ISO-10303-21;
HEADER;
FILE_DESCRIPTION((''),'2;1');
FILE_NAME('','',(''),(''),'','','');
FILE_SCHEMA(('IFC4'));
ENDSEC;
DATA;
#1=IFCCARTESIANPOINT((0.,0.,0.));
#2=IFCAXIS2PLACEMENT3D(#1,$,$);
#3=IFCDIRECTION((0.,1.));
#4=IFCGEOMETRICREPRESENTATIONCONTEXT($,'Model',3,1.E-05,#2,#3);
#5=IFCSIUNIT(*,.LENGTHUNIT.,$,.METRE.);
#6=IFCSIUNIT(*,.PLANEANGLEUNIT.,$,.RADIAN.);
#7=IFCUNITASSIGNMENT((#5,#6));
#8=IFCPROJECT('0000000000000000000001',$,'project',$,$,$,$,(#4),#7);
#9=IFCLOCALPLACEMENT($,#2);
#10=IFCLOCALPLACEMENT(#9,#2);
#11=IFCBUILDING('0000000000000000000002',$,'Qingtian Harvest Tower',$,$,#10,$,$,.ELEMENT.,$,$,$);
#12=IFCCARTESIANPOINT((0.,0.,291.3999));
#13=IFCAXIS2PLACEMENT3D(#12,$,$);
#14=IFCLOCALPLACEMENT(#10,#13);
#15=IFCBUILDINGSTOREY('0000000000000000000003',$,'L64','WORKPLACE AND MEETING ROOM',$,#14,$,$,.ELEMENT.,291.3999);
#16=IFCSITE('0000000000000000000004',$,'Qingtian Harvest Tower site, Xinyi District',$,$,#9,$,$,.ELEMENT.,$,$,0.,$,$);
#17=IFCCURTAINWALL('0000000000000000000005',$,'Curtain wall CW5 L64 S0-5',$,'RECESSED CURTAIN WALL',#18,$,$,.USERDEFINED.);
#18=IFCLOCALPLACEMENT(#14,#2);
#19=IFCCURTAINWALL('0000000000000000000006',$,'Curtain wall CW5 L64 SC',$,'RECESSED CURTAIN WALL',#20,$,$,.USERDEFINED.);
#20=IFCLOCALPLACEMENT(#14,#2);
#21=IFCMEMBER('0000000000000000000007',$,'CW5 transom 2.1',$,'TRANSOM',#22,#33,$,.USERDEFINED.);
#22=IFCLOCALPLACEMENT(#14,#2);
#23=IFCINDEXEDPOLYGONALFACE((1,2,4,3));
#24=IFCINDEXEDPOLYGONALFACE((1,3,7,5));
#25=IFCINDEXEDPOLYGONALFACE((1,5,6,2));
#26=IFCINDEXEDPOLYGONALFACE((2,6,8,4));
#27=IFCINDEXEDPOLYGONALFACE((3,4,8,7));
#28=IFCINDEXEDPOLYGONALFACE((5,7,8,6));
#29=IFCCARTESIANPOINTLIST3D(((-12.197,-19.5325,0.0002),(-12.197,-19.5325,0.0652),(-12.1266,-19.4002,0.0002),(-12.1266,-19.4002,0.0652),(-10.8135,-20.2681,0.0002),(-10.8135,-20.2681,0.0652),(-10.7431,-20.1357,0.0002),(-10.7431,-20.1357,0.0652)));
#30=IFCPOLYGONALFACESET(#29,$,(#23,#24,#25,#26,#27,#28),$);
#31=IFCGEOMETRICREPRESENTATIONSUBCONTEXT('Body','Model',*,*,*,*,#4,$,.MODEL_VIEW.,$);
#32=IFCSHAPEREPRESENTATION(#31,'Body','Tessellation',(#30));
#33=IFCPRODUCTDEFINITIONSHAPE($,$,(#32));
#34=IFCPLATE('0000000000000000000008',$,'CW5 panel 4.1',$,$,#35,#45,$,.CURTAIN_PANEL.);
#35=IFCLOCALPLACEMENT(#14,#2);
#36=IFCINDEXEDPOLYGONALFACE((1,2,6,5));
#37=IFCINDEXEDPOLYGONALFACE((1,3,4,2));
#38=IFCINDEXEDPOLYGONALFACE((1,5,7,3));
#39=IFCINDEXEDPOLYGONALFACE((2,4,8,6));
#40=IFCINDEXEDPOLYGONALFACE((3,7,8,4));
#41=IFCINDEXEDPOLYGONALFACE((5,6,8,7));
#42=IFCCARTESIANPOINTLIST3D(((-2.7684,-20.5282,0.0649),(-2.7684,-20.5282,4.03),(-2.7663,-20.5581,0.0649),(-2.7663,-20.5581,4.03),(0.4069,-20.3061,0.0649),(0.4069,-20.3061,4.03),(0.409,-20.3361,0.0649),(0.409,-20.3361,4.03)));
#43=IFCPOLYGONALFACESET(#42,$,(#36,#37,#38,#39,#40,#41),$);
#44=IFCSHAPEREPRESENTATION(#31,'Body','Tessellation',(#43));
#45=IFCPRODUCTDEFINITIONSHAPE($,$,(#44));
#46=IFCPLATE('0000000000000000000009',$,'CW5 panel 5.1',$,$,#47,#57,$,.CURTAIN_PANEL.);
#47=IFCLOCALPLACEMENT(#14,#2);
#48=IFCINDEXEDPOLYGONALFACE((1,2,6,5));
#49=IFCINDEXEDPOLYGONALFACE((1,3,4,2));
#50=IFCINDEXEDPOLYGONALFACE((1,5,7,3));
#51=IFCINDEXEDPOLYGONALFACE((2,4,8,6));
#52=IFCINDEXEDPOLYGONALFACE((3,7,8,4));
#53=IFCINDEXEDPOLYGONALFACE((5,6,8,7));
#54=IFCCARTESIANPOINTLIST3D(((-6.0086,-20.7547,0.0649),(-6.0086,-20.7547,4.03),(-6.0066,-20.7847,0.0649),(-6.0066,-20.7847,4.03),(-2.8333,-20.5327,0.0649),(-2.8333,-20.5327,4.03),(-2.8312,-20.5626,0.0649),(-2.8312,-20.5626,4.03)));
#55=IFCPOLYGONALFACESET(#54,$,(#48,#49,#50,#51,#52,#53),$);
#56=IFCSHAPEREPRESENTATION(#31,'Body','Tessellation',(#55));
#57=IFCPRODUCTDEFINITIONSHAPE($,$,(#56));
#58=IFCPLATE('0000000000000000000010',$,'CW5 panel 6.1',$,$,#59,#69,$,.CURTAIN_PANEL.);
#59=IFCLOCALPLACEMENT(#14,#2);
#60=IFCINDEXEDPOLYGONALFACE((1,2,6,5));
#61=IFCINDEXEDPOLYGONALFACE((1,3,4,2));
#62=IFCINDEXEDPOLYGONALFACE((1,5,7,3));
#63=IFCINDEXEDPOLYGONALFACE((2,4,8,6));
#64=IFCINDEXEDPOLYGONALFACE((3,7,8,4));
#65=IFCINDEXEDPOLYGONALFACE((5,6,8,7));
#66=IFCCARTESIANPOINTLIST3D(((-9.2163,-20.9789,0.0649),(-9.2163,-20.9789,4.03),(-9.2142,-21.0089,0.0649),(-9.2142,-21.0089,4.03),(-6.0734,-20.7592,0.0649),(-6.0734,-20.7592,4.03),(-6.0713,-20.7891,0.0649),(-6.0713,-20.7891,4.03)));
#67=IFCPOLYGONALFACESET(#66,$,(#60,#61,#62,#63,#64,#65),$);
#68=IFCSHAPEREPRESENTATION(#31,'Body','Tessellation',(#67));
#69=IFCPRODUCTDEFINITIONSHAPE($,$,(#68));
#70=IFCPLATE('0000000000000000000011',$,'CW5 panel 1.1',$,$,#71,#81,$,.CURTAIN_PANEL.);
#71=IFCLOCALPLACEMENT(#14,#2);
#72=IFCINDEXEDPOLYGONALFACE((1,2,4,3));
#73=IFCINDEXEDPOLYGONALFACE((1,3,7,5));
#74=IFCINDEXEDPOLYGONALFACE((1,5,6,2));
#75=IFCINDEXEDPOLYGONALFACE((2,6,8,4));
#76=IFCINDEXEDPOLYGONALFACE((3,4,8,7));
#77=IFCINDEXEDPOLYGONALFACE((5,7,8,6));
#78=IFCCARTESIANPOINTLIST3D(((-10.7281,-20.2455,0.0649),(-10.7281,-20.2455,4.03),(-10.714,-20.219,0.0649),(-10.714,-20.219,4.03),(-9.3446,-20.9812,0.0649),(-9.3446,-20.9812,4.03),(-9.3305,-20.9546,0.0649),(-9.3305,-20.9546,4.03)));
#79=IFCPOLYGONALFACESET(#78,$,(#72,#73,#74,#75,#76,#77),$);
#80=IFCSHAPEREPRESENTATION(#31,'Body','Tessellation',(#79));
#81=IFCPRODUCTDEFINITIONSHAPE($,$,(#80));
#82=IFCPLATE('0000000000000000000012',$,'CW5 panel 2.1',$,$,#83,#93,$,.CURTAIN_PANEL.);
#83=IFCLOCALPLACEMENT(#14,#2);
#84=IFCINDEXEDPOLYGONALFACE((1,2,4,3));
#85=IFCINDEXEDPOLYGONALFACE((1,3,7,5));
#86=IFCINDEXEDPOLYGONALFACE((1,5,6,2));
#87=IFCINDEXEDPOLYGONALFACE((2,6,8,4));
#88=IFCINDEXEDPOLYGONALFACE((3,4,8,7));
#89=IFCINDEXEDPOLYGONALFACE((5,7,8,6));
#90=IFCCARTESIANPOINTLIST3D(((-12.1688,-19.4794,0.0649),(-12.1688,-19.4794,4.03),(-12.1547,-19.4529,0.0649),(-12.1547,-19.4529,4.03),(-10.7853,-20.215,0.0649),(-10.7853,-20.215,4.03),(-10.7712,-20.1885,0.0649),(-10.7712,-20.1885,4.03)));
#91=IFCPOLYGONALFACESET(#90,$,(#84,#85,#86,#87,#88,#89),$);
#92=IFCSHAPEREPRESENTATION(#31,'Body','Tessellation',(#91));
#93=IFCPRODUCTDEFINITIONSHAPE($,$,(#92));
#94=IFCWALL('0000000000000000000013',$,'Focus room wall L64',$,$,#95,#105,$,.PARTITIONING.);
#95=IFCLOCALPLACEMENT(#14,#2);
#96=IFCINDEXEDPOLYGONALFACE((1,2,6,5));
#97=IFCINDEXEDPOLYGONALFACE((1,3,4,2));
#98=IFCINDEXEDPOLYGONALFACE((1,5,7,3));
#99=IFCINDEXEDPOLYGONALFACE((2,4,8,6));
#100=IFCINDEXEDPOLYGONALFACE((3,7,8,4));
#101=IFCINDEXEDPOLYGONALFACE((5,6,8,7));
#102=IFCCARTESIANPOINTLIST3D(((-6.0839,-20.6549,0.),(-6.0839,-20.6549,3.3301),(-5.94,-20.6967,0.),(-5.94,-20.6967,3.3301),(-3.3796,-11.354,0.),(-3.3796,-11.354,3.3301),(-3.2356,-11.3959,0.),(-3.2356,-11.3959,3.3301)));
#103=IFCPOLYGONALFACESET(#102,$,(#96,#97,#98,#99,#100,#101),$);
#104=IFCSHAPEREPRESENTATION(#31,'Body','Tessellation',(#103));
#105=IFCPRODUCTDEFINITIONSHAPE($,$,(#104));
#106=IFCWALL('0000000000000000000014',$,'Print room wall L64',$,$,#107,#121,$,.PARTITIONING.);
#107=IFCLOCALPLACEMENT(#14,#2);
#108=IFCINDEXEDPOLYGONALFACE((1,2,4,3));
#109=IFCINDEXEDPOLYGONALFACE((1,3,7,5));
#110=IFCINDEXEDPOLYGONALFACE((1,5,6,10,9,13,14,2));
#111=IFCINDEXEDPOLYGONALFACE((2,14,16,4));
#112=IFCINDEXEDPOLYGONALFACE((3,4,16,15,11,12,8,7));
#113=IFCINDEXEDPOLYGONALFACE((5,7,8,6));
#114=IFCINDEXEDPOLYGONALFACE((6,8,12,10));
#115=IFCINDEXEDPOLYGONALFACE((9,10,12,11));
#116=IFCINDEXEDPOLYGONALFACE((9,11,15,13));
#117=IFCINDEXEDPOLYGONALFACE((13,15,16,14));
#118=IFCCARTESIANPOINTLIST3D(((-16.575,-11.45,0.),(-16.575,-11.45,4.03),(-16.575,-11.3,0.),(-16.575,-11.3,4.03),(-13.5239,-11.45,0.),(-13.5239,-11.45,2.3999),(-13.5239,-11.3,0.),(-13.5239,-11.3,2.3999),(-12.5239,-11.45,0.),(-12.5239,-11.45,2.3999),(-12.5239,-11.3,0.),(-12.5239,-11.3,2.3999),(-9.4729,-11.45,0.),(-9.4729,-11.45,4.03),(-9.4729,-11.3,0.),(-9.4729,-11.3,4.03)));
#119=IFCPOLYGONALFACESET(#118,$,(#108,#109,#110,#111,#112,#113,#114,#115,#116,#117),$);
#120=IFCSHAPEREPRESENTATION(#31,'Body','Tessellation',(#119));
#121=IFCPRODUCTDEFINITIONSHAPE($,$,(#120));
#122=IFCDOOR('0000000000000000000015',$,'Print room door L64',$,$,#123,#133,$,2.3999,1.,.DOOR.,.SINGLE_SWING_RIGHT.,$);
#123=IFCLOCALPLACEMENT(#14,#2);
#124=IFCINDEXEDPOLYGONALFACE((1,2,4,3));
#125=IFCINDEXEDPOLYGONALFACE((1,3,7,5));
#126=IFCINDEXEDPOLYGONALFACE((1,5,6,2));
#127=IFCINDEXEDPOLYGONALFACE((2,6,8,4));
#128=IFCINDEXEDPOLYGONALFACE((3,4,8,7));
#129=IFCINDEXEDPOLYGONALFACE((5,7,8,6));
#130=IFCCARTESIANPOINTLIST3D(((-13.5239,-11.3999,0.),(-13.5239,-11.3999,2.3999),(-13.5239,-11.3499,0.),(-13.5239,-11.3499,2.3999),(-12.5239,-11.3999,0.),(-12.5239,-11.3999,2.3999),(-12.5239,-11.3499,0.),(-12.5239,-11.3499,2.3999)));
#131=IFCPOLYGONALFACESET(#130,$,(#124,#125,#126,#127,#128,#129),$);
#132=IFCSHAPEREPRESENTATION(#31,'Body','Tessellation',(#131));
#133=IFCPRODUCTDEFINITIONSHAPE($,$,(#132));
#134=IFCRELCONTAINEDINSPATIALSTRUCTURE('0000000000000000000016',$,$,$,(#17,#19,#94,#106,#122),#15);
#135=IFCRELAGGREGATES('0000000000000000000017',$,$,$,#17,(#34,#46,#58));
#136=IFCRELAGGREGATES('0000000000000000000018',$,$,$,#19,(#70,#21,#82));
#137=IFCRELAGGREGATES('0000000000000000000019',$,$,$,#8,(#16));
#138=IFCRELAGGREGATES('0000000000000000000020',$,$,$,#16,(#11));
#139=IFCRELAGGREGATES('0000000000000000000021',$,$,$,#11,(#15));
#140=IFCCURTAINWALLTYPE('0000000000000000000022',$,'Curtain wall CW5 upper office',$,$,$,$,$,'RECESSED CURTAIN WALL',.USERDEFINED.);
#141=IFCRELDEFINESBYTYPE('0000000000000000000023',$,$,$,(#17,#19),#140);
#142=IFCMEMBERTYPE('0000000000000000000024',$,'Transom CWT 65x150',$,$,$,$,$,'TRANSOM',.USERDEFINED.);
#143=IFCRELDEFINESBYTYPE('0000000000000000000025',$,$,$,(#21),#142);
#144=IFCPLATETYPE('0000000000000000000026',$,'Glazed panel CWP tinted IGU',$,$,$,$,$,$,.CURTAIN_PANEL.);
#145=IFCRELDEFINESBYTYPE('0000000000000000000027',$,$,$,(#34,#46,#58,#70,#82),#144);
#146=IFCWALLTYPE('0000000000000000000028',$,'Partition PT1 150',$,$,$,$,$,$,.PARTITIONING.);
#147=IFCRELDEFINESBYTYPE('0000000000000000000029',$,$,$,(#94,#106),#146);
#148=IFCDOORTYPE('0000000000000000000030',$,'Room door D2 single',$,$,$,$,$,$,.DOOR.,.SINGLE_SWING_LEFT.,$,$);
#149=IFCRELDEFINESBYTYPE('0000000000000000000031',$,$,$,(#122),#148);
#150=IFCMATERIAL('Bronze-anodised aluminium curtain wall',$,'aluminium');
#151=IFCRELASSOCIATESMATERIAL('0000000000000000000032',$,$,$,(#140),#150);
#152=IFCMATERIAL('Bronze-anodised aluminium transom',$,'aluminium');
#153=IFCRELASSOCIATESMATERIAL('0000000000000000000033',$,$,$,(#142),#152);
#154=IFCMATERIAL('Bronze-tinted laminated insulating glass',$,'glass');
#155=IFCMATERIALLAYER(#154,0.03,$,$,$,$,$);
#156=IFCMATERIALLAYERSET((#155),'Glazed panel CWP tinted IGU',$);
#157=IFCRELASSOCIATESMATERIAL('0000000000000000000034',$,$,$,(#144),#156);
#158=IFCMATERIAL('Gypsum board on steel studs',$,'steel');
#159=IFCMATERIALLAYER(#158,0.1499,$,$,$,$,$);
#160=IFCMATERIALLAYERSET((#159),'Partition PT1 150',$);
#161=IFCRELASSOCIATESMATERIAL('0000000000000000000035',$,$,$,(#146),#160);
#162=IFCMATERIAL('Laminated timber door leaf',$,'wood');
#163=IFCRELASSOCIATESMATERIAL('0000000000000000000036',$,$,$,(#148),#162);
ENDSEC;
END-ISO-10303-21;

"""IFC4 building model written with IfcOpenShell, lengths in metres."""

from ifc_helpers import new_model, si_unit, direction, frame, frame_2d, origin, origin_2d, place, context, subcontext, project, spatial, rectangle, extrude, material, layer, layer_set, material_profile, profile_set, type_object, element, fill, aggregate, save


model = new_model("IFC4")

# Units and contexts
model_context = context("Model", 3, precision=1e-05, world=origin(), true_north=direction((0.0, 1.0)))
body_context = subcontext(model_context, "Body", "Model", "MODEL_VIEW")
ifc_project = project(units=[si_unit("LENGTHUNIT", "METRE"), si_unit("PLANEANGLEUNIT", "RADIAN")], contexts=[model_context])

# Site, building, storey
site_placement = place(None, origin())
site = spatial("IfcSite", under=ifc_project, at=site_placement, Name="Qingtian Harvest Tower site, Xinyi District", CompositionType="ELEMENT", RefElevation=0.0)
building_placement = place(site_placement, origin())
building = spatial("IfcBuilding", under=site, at=building_placement, Name="Qingtian Harvest Tower", CompositionType="ELEMENT")
storey_placement = place(building_placement, frame((0.0, 0.0, 291.3999)))
storey = spatial("IfcBuildingStorey", under=building, at=storey_placement, Name="L64", Description="WORKPLACE AND MEETING ROOM", CompositionType="ELEMENT", Elevation=291.3999)

# Curtain walls
ifc_material_1 = material(Name="Bronze-anodised aluminium curtain wall", Category="aluminium")
curtain_wall_type = type_object("IfcCurtainWallType", Name="Curtain wall CW5 upper office", ElementType="RECESSED CURTAIN WALL", PredefinedType="USERDEFINED", material=ifc_material_1)
curtain_wall_1_placement = place(storey_placement, origin())
curtain_wall_1 = element("IfcCurtainWall", 1, at=curtain_wall_1_placement, inside=storey, type_object=curtain_wall_type, Name="Curtain wall CW5 L64 S0-5", ObjectType="RECESSED CURTAIN WALL", PredefinedType="USERDEFINED")
curtain_wall_2_placement = place(storey_placement, origin())
curtain_wall_2 = element("IfcCurtainWall", 2, at=curtain_wall_2_placement, inside=storey, type_object=curtain_wall_type, Name="Curtain wall CW5 L64 SC", ObjectType="RECESSED CURTAIN WALL", PredefinedType="USERDEFINED")

# Member
ifc_material_2 = material(Name="Bronze-anodised aluminium transom", Category="aluminium")
ifc_material_profile_1 = material_profile(ifc_material_2, rectangle(XDim=0.1499, YDim=0.0649, at=origin_2d()), Name="AL 65x150")
ifc_profile_set_1 = profile_set([ifc_material_profile_1], Name="Bronze-anodised aluminium transom")
member_type_1 = type_object("IfcMemberType", Name="Transom CWT 65x150", ElementType="TRANSOM", PredefinedType="USERDEFINED", material=ifc_profile_set_1)
member_1_placement = place(storey_placement, frame((-10.7783, -20.2019, 0.0327), z_axis=(-0.88296, 0.469448, 0.0), x_axis=(-0.469448, -0.88296, 0.0)))
member_1 = element("IfcMember", 3, at=member_1_placement, type_object=member_type_1, Name="CW5 transom 2.1", ObjectType="TRANSOM", PredefinedType="USERDEFINED", context=body_context, shape_type="SweptSolid", body=[
    extrude(rectangle(XDim=0.1499, YDim=0.0649, at=origin_2d()), origin(), (0.0, 0.0, 1.0), 1.5669),
])

# Plates
ifc_material_3 = material(Name="Bronze-tinted laminated insulating glass", Category="glass")
ifc_layer_1 = layer(ifc_material_3, 0.03)
ifc_layer_set_1 = layer_set([ifc_layer_1], Name="Glazed panel CWP tinted IGU")
plate_type = type_object("IfcPlateType", Name="Glazed panel CWP tinted IGU", PredefinedType="CURTAIN_PANEL", material=ifc_layer_set_1)
plate_1_placement = place(storey_placement, frame((-1.1797, -20.4321, 0.0649), z_axis=(0.0, 0.0, 1.0), x_axis=(-0.997564, -0.069756, 0.0)))
plate_1 = element("IfcPlate", 4, at=plate_1_placement, type_object=plate_type, Name="CW5 panel 4.1", PredefinedType="CURTAIN_PANEL", context=body_context, shape_type="SweptSolid", body=[
    extrude(rectangle(XDim=3.1831, YDim=0.03, at=origin_2d()), origin(), (0.0, 0.0, 1.0), 3.9651),
])
plate_2_placement = place(storey_placement, frame((-4.4199, -20.6587, 0.0649), z_axis=(0.0, 0.0, 1.0), x_axis=(-0.997564, -0.069756, 0.0)))
plate_2 = element("IfcPlate", 5, at=plate_2_placement, type_object=plate_type, Name="CW5 panel 5.1", PredefinedType="CURTAIN_PANEL", context=body_context, shape_type="SweptSolid", body=[
    extrude(rectangle(XDim=3.1831, YDim=0.03, at=origin_2d()), origin(), (0.0, 0.0, 1.0), 3.9651),
])
plate_3_placement = place(storey_placement, frame((-7.6438, -20.884, 0.0649), z_axis=(0.0, 0.0, 1.0), x_axis=(-0.997564, -0.069756, 0.0)))
plate_3 = element("IfcPlate", 6, at=plate_3_placement, type_object=plate_type, Name="CW5 panel 6.1", PredefinedType="CURTAIN_PANEL", context=body_context, shape_type="SweptSolid", body=[
    extrude(rectangle(XDim=3.1506, YDim=0.03, at=origin_2d()), origin(), (0.0, 0.0, 1.0), 3.9651),
])
aggregate(curtain_wall_1, [plate_1, plate_2, plate_3])
plate_4_placement = place(storey_placement, frame((-10.0293, -20.6001, 0.0649), z_axis=(0.0, 0.0, 1.0), x_axis=(-0.882948, 0.469472, 0.0)))
plate_4 = element("IfcPlate", 7, at=plate_4_placement, type_object=plate_type, Name="CW5 panel 1.1", PredefinedType="CURTAIN_PANEL", context=body_context, shape_type="SweptSolid", body=[
    extrude(rectangle(XDim=1.5669, YDim=0.03, at=origin_2d()), origin(), (0.0, 0.0, 1.0), 3.9651),
])
plate_5_placement = place(storey_placement, frame((-11.47, -19.834, 0.0649), z_axis=(0.0, 0.0, 1.0), x_axis=(-0.882948, 0.469472, 0.0)))
plate_5 = element("IfcPlate", 8, at=plate_5_placement, type_object=plate_type, Name="CW5 panel 2.1", PredefinedType="CURTAIN_PANEL", context=body_context, shape_type="SweptSolid", body=[
    extrude(rectangle(XDim=1.5669, YDim=0.03, at=origin_2d()), origin(), (0.0, 0.0, 1.0), 3.9651),
])
aggregate(curtain_wall_2, [plate_4, member_1, plate_5])

# Wall
ifc_material_4 = material(Name="Gypsum board on steel studs", Category="steel")
ifc_layer_2 = layer(ifc_material_4, 0.1499)
ifc_layer_set_2 = layer_set([ifc_layer_2], Name="Partition PT1 150")
wall_type = type_object("IfcWallType", Name="Partition PT1 150", PredefinedType="PARTITIONING", material=ifc_layer_set_2)
wall_1_placement = place(storey_placement, frame((-6.012, -20.6758, 0.0), z_axis=(0.0, 0.0, 1.0), x_axis=(0.279202, 0.960232, 0.0)))
element("IfcWall", 9, at=wall_1_placement, inside=storey, type_object=wall_type, Name="Focus room wall L64", PredefinedType="PARTITIONING", context=body_context, shape_type="SweptSolid", body=[
    extrude(rectangle(XDim=9.686, YDim=0.1499, at=frame_2d((4.843, 0.0))), origin(), (0.0, 0.0, 1.0), 3.3301),
])

# Wall, opening, door
wall_2_placement = place(storey_placement, frame((-9.4729, -11.375, 0.0), z_axis=(0.0, 0.0, 1.0), x_axis=(-1.0, 0.0, 0.0)))
wall_2 = element("IfcWall", 10, at=wall_2_placement, inside=storey, type_object=wall_type, Name="Print room wall L64", PredefinedType="PARTITIONING", context=body_context, shape_type="SweptSolid", body=[
    extrude(rectangle(XDim=7.1021, YDim=0.1499, at=frame_2d((3.551, 0.0))), origin(), (0.0, 0.0, 1.0), 4.03),
])
opening_placement = place(wall_2_placement, frame((3.051, 0.0, 0.0)))
opening = element("IfcOpeningElement", 11, at=opening_placement, cuts=wall_2, PredefinedType="OPENING", context=body_context, shape_type="SweptSolid", body=[
    extrude(rectangle(XDim=1.0, YDim=2.3999, at=frame_2d((0.5, 1.2))), frame((0.0, 0.085, 0.0), z_axis=(0.0, -1.0, 0.0), x_axis=(1.0, 0.0, 0.0)), (0.0, 0.0, 1.0), 0.1699),
])
ifc_material_5 = material(Name="Laminated timber door leaf", Category="wood")
door_type = type_object("IfcDoorType", Name="Room door D2 single", OperationType="SINGLE_SWING_LEFT", PredefinedType="DOOR", material=ifc_material_5)
door_placement = place(opening_placement, origin())
door = element("IfcDoor", 12, at=door_placement, inside=storey, type_object=door_type, Name="Print room door L64", OperationType="SINGLE_SWING_RIGHT", OverallHeight=2.3999, OverallWidth=1.0, PredefinedType="DOOR", context=body_context, shape_type="SweptSolid", body=[
    extrude(rectangle(XDim=1.0, YDim=2.3999, at=frame_2d((0.5, 1.2))), frame((0.0, 0.0249, 0.0), z_axis=(0.0, -1.0, 0.0), x_axis=(1.0, 0.0, 0.0)), (0.0, 0.0, 1.0), 0.05),
])
fill(opening, door)

save(model, "model.ifc")
